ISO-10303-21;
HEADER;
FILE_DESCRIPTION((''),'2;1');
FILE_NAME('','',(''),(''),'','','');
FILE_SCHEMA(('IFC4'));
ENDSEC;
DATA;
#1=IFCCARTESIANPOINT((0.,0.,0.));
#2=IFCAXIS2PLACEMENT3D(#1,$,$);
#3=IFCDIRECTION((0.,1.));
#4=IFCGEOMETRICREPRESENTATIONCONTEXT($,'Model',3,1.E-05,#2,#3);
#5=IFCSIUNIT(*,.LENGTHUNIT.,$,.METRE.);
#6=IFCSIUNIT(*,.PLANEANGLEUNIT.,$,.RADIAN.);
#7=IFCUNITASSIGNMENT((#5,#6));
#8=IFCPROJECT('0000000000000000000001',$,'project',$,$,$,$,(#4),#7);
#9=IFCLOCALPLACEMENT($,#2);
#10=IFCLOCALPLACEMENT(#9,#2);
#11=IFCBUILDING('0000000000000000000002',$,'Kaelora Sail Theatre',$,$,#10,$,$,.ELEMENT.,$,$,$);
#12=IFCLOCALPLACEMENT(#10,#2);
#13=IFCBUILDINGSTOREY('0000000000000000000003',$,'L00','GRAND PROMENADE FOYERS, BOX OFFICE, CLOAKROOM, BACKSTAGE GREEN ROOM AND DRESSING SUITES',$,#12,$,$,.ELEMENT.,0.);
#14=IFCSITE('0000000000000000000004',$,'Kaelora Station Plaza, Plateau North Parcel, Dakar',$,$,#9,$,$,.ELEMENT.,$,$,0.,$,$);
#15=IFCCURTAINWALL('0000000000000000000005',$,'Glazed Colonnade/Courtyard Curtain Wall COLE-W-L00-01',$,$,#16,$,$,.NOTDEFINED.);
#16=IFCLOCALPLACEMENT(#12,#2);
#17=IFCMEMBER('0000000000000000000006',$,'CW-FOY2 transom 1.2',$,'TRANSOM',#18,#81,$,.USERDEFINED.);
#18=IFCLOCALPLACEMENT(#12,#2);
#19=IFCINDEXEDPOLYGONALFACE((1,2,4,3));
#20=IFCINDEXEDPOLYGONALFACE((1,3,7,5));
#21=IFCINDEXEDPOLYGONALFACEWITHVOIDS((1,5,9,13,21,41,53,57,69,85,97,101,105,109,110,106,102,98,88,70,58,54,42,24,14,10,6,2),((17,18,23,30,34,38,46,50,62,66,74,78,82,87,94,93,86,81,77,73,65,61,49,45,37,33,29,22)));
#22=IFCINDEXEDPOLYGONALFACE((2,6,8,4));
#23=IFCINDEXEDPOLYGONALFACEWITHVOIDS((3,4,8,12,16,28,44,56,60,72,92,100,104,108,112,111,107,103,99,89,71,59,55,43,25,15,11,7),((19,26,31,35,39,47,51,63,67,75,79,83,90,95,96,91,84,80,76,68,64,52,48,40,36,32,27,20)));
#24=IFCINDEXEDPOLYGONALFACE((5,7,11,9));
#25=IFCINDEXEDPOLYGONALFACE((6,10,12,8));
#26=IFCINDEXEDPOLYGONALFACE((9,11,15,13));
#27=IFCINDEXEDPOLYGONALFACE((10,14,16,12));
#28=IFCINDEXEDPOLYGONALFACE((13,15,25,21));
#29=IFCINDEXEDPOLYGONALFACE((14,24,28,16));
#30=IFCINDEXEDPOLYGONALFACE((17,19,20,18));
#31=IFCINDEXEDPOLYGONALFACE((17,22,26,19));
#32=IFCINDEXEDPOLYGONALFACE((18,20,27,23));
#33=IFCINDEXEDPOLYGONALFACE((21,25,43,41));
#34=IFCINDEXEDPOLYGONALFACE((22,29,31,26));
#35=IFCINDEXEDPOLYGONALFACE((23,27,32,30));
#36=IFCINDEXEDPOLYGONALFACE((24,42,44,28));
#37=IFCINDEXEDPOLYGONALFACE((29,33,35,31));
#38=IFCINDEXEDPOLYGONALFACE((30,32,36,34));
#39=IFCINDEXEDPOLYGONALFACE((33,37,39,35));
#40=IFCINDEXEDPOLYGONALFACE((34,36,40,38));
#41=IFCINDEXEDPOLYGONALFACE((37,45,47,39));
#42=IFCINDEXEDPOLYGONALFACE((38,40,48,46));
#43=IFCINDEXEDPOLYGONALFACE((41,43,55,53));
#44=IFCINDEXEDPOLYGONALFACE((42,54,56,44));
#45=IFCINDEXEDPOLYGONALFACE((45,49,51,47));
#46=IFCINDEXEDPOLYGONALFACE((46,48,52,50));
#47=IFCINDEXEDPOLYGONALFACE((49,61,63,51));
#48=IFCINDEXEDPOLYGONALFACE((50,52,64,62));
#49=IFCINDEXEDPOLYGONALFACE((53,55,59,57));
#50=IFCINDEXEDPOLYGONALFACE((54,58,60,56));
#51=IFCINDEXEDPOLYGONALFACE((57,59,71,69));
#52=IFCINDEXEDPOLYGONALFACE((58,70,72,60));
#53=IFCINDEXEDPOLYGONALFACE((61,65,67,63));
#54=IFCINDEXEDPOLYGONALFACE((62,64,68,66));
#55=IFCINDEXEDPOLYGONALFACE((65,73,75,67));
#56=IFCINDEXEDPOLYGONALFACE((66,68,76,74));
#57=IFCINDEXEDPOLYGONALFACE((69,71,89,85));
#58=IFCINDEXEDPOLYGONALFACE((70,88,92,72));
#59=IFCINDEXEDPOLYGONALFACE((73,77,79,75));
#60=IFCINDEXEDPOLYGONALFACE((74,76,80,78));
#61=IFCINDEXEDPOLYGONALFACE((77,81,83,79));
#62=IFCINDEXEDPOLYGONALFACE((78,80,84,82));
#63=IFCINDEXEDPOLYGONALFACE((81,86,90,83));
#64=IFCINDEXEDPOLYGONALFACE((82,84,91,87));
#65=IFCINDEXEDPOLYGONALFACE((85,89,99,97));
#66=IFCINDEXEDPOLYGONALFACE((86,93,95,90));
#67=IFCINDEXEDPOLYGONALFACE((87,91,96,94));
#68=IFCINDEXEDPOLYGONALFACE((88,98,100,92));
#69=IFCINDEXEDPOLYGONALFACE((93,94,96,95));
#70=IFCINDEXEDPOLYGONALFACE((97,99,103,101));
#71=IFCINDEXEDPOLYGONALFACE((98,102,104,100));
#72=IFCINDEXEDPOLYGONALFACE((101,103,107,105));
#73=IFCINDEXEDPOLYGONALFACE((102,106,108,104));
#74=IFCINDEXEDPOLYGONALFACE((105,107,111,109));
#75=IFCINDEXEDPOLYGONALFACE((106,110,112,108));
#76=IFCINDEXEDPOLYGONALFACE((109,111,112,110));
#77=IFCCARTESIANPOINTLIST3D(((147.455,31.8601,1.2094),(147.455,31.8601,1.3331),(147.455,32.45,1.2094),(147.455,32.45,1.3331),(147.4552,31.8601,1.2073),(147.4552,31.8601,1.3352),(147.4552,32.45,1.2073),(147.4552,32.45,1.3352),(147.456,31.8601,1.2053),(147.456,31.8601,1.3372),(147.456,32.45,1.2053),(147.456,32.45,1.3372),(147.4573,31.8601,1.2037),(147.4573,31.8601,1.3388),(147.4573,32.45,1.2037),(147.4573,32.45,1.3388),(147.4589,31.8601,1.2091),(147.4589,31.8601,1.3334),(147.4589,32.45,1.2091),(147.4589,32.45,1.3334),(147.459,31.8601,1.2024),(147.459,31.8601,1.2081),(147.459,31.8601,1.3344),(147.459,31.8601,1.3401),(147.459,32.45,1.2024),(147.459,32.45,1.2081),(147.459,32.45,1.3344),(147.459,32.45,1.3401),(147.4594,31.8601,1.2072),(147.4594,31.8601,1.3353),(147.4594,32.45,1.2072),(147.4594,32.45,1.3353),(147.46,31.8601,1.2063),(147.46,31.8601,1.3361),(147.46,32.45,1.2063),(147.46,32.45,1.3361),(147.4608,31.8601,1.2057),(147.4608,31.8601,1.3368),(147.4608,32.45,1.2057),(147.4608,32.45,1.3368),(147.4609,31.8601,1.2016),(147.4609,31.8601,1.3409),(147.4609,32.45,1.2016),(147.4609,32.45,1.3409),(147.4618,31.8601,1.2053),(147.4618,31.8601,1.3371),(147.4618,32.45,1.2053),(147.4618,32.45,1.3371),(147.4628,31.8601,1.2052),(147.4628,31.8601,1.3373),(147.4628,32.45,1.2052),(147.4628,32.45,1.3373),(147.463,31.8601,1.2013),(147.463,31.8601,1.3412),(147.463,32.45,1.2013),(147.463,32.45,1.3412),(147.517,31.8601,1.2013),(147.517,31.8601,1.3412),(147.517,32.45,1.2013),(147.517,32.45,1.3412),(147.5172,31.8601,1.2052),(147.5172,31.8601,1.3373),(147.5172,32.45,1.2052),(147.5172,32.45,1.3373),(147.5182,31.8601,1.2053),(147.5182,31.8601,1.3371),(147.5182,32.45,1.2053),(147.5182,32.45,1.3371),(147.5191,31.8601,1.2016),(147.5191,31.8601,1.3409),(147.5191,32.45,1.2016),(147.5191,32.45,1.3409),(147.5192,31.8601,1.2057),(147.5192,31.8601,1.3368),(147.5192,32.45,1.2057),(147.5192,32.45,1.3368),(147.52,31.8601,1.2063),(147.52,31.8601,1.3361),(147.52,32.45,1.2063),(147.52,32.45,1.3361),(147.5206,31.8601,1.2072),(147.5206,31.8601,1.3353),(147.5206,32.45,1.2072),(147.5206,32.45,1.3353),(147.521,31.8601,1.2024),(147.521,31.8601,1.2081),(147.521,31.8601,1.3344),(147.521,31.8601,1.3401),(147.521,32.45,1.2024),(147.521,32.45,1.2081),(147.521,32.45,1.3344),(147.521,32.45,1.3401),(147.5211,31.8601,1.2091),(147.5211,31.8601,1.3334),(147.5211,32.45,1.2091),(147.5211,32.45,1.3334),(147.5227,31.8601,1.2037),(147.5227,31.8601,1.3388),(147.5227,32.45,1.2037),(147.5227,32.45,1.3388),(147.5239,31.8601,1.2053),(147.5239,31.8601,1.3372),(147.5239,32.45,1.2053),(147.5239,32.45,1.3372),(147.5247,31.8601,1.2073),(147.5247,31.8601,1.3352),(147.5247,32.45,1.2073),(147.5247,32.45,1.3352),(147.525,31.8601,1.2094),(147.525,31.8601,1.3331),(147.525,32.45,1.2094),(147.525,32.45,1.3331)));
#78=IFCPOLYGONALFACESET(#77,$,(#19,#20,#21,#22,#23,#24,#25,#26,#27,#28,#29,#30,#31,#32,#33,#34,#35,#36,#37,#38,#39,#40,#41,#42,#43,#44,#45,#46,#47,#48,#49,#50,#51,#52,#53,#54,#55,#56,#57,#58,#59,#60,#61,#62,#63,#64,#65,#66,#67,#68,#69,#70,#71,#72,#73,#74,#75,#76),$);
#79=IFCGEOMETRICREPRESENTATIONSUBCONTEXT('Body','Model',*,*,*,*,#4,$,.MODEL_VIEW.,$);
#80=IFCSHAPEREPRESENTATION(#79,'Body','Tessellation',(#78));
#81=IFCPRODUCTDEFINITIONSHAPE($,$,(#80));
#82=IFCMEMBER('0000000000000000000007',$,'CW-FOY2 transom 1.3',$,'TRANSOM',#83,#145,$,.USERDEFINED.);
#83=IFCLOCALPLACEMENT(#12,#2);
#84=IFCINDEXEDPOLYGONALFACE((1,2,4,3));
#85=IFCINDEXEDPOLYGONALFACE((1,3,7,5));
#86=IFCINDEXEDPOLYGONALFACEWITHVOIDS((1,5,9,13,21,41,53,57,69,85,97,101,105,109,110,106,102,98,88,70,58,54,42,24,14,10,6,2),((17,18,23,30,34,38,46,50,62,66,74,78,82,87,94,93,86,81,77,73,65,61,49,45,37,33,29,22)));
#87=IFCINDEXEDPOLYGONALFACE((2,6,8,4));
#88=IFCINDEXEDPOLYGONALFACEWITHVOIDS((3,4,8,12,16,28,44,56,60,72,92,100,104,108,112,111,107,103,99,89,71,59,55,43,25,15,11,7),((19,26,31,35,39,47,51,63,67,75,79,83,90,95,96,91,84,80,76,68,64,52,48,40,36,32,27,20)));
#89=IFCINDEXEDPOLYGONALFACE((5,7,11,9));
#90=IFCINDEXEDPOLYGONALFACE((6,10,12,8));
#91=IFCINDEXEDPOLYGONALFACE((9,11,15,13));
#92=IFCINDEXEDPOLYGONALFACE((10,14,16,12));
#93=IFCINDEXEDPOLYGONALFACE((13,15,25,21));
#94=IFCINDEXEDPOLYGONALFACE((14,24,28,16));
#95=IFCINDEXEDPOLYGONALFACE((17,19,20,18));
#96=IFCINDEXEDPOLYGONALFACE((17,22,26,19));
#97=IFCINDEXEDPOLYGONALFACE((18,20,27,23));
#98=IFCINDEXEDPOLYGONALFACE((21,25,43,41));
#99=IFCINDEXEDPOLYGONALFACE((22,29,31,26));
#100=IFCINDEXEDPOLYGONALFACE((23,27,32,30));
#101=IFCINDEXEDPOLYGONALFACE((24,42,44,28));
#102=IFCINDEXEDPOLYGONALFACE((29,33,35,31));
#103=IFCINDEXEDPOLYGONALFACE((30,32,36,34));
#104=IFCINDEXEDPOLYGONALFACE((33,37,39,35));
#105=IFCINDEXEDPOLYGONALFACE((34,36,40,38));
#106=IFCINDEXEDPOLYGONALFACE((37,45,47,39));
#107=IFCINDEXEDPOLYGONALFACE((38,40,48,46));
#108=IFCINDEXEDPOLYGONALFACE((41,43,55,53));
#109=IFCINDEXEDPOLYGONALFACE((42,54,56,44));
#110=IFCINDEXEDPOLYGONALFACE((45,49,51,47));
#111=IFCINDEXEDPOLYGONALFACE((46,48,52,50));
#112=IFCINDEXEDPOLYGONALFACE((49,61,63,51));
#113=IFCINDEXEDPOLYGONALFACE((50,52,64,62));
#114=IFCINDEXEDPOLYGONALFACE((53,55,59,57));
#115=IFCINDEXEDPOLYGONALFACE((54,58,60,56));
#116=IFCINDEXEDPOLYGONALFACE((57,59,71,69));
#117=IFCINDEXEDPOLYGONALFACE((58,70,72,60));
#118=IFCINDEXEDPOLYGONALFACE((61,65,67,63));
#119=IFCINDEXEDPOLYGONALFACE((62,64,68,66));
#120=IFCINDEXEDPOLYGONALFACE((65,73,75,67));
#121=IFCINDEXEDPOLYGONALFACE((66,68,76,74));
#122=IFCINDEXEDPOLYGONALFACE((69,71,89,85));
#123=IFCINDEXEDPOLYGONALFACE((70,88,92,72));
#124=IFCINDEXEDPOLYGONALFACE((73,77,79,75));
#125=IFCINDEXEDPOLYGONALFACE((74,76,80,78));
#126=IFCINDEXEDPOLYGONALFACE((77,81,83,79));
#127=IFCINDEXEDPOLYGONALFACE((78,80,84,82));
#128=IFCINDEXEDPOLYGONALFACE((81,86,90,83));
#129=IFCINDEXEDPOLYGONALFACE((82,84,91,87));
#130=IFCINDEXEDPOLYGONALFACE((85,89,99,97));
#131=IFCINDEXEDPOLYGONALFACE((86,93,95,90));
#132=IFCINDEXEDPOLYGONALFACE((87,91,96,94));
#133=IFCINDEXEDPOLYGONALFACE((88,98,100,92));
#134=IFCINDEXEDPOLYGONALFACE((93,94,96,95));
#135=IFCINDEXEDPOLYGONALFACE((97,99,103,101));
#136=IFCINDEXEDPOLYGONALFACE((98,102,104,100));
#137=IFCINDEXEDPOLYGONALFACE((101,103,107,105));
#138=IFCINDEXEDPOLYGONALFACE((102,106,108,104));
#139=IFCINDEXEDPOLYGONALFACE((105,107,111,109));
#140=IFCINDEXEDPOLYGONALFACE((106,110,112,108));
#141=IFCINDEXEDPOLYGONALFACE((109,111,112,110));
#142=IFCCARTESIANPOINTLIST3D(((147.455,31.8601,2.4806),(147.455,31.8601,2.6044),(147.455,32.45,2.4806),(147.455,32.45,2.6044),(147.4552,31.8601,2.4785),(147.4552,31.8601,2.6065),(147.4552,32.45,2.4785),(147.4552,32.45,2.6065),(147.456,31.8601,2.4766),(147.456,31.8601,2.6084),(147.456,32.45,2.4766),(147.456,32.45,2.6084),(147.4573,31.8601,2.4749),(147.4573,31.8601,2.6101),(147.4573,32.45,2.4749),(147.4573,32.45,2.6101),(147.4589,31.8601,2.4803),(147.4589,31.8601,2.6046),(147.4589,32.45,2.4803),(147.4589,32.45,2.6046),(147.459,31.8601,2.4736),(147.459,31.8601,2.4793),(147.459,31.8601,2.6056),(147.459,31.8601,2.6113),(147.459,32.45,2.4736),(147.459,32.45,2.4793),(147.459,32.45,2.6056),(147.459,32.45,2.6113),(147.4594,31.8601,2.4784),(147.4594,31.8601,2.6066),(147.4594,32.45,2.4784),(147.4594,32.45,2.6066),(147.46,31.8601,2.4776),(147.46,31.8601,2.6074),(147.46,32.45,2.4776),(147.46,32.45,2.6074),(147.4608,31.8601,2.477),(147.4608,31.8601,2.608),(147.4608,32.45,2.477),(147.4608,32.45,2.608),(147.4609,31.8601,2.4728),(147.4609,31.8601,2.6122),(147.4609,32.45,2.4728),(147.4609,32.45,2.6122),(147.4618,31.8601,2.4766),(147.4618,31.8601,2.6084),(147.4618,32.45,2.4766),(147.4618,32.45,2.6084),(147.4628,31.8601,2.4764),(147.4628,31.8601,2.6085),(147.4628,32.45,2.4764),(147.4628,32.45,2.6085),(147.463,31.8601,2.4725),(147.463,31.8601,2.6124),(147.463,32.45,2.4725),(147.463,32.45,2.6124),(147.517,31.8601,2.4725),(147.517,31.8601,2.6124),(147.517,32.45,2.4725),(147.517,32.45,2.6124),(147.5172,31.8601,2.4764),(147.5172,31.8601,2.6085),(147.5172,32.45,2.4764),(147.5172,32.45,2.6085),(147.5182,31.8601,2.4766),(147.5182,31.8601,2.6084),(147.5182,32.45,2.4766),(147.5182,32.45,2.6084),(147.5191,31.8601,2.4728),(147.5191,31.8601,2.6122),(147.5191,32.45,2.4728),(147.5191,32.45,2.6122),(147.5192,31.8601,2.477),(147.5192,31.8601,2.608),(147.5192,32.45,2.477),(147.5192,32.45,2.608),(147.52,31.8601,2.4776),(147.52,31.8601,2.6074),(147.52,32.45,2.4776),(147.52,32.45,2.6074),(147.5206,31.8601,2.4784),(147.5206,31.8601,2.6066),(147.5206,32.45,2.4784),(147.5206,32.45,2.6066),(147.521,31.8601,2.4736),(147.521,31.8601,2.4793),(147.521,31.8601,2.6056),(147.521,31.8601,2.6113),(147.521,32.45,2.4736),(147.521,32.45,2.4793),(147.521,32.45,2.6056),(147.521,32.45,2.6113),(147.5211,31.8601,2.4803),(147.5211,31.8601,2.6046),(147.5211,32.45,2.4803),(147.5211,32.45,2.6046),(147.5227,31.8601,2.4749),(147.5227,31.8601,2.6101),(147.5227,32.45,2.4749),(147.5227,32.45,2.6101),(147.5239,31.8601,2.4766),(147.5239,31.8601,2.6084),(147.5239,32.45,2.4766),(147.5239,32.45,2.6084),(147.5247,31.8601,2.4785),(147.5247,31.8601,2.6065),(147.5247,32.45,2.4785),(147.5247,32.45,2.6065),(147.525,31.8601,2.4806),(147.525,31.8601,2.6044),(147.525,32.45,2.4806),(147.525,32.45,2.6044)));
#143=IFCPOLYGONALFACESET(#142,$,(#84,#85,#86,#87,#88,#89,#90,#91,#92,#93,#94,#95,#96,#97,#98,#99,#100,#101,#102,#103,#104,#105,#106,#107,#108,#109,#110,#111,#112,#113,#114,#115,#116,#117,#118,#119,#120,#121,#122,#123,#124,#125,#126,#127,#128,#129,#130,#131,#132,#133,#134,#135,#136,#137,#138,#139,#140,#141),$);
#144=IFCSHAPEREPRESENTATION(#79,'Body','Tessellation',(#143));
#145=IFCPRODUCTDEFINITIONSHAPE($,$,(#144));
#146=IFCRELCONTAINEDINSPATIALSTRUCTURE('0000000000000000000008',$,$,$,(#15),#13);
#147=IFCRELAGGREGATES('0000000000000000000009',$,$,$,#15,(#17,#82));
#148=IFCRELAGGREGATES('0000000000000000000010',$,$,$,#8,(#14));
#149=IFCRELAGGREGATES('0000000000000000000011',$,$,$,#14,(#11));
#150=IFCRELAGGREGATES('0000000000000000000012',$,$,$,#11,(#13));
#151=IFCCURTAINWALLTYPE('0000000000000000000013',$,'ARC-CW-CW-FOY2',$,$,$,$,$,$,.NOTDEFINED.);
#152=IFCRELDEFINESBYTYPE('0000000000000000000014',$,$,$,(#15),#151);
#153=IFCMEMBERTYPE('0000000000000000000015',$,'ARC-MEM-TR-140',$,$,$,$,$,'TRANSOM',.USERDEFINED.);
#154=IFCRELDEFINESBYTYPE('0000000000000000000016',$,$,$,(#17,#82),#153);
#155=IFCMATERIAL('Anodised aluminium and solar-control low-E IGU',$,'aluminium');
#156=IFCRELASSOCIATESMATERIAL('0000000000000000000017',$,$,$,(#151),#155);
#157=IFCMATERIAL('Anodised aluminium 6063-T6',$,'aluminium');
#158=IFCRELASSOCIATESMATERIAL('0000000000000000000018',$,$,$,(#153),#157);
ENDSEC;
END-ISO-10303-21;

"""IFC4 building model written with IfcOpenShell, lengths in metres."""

from ifc_helpers import new_model, si_unit, direction, frame, origin, origin_2d, place, context, subcontext, project, spatial, hollow_rectangle, extrude, material, material_profile, profile_set, type_object, element, aggregate, save


model = new_model("IFC4")

# Units and contexts
model_context = context("Model", 3, precision=1e-05, world=origin(), true_north=direction((0.0, 1.0)))
body_context = subcontext(model_context, "Body", "Model", "MODEL_VIEW")
ifc_project = project(units=[si_unit("LENGTHUNIT", "METRE"), si_unit("PLANEANGLEUNIT", "RADIAN")], contexts=[model_context])

# Site, building, storey
site_placement = place(None, origin())
site = spatial("IfcSite", under=ifc_project, at=site_placement, Name="Kaelora Station Plaza, Plateau North Parcel, Dakar", CompositionType="ELEMENT", RefElevation=0.0)
building_placement = place(site_placement, origin())
building = spatial("IfcBuilding", under=site, at=building_placement, Name="Kaelora Sail Theatre", CompositionType="ELEMENT")
storey_placement = place(building_placement, origin())
storey = spatial("IfcBuildingStorey", under=building, at=storey_placement, Name="L00", Description="GRAND PROMENADE FOYERS, BOX OFFICE, CLOAKROOM, BACKSTAGE GREEN ROOM AND DRESSING SUITES", CompositionType="ELEMENT", Elevation=0.0)

# Curtain wall
ifc_material_1 = material(Name="Anodised aluminium and solar-control low-E IGU", Category="aluminium")
curtain_wall_type_1 = type_object("IfcCurtainWallType", Name="ARC-CW-CW-FOY2", PredefinedType="NOTDEFINED", material=ifc_material_1)
curtain_wall_1_placement = place(storey_placement, origin())
curtain_wall_1 = element("IfcCurtainWall", 1, at=curtain_wall_1_placement, inside=storey, type_object=curtain_wall_type_1, Name="Glazed Colonnade/Courtyard Curtain Wall COLE-W-L00-01", PredefinedType="NOTDEFINED")

# Members
ifc_material_2 = material(Name="Anodised aluminium 6063-T6", Category="aluminium")
ifc_material_profile_1 = material_profile(ifc_material_2, hollow_rectangle(XDim=0.0701, YDim=0.1399, WallThickness=0.0039, InnerFilletRadius=0.0039, OuterFilletRadius=0.0081, at=origin_2d()), Name="ALU-TRAN 70x140x4")
ifc_profile_set_1 = profile_set([ifc_material_profile_1], Name="Anodised aluminium 6063-T6")
member_type_1 = type_object("IfcMemberType", Name="ARC-MEM-TR-140", ElementType="TRANSOM", PredefinedType="USERDEFINED", material=ifc_profile_set_1)
member_1_placement = place(storey_placement, frame((147.49, 31.8601, 1.2712), z_axis=(0.0, 1.0, 0.0), x_axis=(-1.0, 0.0, 0.0)))
member_1 = element("IfcMember", 2, at=member_1_placement, type_object=member_type_1, Name="CW-FOY2 transom 1.2", ObjectType="TRANSOM", PredefinedType="USERDEFINED", context=body_context, shape_type="SweptSolid", body=[
    extrude(hollow_rectangle(XDim=0.0701, YDim=0.1399, WallThickness=0.0039, InnerFilletRadius=0.0039, OuterFilletRadius=0.0081, at=origin_2d()), origin(), (0.0, 0.0, 1.0), 0.5898),
])
member_2_placement = place(storey_placement, frame((147.49, 31.8601, 2.5425), z_axis=(0.0, 1.0, 0.0), x_axis=(-1.0, 0.0, 0.0)))
member_2 = element("IfcMember", 3, at=member_2_placement, type_object=member_type_1, Name="CW-FOY2 transom 1.3", ObjectType="TRANSOM", PredefinedType="USERDEFINED", context=body_context, shape_type="SweptSolid", body=[
    extrude(hollow_rectangle(XDim=0.0701, YDim=0.1399, WallThickness=0.0039, InnerFilletRadius=0.0039, OuterFilletRadius=0.0081, at=origin_2d()), origin(), (0.0, 0.0, 1.0), 0.5898),
])

aggregate(curtain_wall_1, [member_1, member_2])

save(model, "model.ifc")
